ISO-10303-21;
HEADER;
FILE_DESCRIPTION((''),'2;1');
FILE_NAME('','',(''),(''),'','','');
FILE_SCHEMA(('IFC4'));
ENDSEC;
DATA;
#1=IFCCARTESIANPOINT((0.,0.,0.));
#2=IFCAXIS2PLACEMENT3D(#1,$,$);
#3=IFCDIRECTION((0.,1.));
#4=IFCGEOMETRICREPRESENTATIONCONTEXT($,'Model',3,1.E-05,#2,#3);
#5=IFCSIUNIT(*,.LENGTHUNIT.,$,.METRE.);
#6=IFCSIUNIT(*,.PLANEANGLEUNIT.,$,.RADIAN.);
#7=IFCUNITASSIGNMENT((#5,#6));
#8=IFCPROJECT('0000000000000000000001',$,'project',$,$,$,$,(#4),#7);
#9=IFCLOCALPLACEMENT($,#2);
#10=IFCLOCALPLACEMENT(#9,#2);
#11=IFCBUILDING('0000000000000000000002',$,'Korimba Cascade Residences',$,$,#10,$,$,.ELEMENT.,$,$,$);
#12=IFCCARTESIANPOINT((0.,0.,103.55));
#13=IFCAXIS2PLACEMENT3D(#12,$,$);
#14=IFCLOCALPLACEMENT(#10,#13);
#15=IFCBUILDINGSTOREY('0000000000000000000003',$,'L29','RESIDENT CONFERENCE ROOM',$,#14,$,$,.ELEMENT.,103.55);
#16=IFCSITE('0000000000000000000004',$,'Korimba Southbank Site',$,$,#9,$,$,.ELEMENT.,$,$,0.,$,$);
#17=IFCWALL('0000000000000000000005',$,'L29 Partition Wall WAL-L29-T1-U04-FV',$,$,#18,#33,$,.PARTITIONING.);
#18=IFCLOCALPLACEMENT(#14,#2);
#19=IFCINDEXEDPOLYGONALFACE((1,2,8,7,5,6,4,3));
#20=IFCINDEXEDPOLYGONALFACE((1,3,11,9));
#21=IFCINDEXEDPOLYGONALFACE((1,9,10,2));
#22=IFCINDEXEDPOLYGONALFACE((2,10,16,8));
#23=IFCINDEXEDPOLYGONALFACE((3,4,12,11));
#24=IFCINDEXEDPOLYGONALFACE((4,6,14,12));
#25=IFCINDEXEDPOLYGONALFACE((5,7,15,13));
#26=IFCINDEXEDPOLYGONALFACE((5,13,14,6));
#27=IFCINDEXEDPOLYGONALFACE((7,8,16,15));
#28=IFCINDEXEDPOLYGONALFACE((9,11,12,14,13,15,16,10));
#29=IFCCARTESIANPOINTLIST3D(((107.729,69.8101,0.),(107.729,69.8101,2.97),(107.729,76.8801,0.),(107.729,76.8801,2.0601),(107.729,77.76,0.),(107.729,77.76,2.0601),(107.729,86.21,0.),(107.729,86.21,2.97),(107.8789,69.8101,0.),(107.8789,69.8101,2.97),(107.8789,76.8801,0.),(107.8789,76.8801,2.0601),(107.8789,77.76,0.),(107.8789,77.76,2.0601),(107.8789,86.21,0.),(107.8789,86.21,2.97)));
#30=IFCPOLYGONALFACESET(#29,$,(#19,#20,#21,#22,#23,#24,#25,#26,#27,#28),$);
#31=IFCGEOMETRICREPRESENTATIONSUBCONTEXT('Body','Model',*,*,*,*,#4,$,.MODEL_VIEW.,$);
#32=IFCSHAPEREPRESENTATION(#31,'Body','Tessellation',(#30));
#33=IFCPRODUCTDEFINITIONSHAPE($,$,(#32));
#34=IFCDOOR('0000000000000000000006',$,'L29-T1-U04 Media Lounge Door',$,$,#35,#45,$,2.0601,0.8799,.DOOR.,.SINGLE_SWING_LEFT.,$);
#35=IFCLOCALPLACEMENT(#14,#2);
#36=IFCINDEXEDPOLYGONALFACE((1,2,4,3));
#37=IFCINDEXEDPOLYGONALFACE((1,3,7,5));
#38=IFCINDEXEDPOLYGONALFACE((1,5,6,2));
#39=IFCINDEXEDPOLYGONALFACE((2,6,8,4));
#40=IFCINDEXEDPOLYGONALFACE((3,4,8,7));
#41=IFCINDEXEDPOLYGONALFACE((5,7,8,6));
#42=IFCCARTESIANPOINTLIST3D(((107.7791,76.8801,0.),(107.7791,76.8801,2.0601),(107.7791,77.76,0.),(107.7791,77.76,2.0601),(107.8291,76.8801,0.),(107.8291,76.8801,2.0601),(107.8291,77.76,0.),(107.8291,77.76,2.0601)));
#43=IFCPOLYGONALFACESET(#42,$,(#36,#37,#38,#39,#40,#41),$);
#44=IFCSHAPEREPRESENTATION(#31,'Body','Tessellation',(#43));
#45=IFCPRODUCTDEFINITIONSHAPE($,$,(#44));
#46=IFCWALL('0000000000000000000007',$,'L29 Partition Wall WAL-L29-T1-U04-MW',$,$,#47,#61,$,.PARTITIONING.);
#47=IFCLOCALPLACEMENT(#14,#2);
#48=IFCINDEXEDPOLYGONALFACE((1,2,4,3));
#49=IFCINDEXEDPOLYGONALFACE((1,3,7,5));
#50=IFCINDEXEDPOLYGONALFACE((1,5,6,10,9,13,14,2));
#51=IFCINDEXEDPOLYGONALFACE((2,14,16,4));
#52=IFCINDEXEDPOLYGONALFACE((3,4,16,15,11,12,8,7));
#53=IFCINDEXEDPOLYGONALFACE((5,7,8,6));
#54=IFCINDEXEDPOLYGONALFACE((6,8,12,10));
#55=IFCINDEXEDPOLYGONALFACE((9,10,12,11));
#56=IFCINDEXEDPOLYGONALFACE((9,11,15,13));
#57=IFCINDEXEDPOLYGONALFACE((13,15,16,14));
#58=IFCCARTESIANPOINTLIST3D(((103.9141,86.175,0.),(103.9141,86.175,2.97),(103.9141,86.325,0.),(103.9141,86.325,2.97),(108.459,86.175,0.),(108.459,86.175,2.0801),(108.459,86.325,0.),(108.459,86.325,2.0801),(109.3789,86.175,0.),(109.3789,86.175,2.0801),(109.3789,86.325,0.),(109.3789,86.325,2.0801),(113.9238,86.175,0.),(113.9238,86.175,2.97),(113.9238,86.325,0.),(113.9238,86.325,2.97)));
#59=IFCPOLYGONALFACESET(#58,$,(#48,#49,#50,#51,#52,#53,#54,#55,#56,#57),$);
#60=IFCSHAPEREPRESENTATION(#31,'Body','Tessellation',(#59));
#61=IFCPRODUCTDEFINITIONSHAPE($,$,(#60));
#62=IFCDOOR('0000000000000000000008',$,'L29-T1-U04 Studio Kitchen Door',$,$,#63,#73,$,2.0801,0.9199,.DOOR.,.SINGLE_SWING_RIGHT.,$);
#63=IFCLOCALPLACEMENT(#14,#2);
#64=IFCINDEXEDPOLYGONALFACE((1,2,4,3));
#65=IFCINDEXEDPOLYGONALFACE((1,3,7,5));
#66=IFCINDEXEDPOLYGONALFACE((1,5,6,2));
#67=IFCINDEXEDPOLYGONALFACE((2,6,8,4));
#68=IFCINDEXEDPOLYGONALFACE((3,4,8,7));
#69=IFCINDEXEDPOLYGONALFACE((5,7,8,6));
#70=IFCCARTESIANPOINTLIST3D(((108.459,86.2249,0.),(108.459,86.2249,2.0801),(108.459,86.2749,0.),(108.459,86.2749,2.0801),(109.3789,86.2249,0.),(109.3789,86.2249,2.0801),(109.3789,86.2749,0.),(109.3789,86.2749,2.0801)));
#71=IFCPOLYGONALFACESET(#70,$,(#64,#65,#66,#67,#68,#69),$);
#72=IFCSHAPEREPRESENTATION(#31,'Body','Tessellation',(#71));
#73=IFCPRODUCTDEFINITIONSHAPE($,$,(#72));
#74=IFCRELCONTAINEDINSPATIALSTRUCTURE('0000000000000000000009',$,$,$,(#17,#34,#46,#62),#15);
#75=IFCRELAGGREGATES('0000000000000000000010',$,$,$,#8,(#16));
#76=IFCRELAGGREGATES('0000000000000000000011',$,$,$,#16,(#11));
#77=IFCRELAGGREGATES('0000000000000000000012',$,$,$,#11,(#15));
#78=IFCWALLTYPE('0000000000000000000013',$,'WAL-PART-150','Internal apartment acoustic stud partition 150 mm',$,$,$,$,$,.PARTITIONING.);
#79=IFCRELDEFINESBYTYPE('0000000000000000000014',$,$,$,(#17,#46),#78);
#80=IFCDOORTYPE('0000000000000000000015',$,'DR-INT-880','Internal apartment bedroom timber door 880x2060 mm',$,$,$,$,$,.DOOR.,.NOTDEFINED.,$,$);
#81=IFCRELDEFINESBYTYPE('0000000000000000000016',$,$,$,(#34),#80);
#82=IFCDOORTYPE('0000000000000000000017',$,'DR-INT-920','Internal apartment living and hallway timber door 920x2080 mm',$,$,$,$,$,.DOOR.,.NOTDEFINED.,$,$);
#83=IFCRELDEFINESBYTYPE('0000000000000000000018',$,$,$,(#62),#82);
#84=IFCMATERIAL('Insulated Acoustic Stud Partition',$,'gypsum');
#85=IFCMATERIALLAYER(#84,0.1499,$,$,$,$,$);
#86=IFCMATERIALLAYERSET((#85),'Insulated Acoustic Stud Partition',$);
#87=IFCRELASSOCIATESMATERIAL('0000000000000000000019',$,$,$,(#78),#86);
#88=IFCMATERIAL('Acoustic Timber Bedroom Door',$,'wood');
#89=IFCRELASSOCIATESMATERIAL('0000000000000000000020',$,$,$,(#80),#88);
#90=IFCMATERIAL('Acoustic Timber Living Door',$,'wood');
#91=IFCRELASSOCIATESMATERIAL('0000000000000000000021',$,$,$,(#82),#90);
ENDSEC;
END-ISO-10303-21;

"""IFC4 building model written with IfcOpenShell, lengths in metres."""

from ifc_helpers import new_model, si_unit, direction, frame, frame_2d, origin, place, context, subcontext, project, spatial, rectangle, extrude, material, layer, layer_set, type_object, element, fill, save


model = new_model("IFC4")

# Units and contexts
model_context = context("Model", 3, precision=1e-05, world=origin(), true_north=direction((0.0, 1.0)))
body_context = subcontext(model_context, "Body", "Model", "MODEL_VIEW")
ifc_project = project(units=[si_unit("LENGTHUNIT", "METRE"), si_unit("PLANEANGLEUNIT", "RADIAN")], contexts=[model_context])

# Site, building, storey
site_placement = place(None, origin())
site = spatial("IfcSite", under=ifc_project, at=site_placement, Name="Korimba Southbank Site", CompositionType="ELEMENT", RefElevation=0.0)
building_placement = place(site_placement, origin())
building = spatial("IfcBuilding", under=site, at=building_placement, Name="Korimba Cascade Residences", CompositionType="ELEMENT")
storey_placement = place(building_placement, frame((0.0, 0.0, 103.55)))
storey = spatial("IfcBuildingStorey", under=building, at=storey_placement, Name="L29", Description="RESIDENT CONFERENCE ROOM", CompositionType="ELEMENT", Elevation=103.55)

# Walls, openings, doors
ifc_material_1 = material(Name="Insulated Acoustic Stud Partition", Category="gypsum")
ifc_layer_1 = layer(ifc_material_1, 0.1499)
ifc_layer_set_1 = layer_set([ifc_layer_1], Name="Insulated Acoustic Stud Partition")
wall_type_1 = type_object("IfcWallType", Name="WAL-PART-150", Description="Internal apartment acoustic stud partition 150 mm", PredefinedType="PARTITIONING", material=ifc_layer_set_1)
ifc_material_2 = material(Name="Acoustic Timber Bedroom Door", Category="wood")
door_type_1 = type_object("IfcDoorType", Name="DR-INT-880", Description="Internal apartment bedroom timber door 880x2060 mm", OperationType="NOTDEFINED", PredefinedType="DOOR", material=ifc_material_2)
wall_1_placement = place(storey_placement, frame((107.804, 69.8101, 0.0), z_axis=(0.0, 0.0, 1.0), x_axis=(0.0, 1.0, 0.0)))
wall_1 = element("IfcWall", 1, at=wall_1_placement, inside=storey, type_object=wall_type_1, Name="L29 Partition Wall WAL-L29-T1-U04-FV", PredefinedType="PARTITIONING", context=body_context, shape_type="SweptSolid", body=[
    extrude(rectangle(XDim=16.3999, YDim=0.1499, at=frame_2d((8.2, 0.0))), origin(), (0.0, 0.0, 1.0), 2.97),
])
opening_1_placement = place(wall_1_placement, frame((7.0701, 0.0, 0.0)))
opening_1 = element("IfcOpeningElement", 2, at=opening_1_placement, cuts=wall_1, PredefinedType="OPENING", context=body_context, shape_type="SweptSolid", body=[
    extrude(rectangle(XDim=0.8799, YDim=2.0601, at=frame_2d((0.4399, 1.03))), frame((0.0, 0.085, 0.0), z_axis=(0.0, -1.0, 0.0), x_axis=(1.0, 0.0, 0.0)), (0.0, 0.0, 1.0), 0.1699),
])
door_1_placement = place(opening_1_placement, origin())
door_1 = element("IfcDoor", 3, at=door_1_placement, inside=storey, type_object=door_type_1, Name="L29-T1-U04 Media Lounge Door", OperationType="SINGLE_SWING_LEFT", OverallHeight=2.0601, OverallWidth=0.8799, PredefinedType="DOOR", context=body_context, shape_type="SweptSolid", body=[
    extrude(rectangle(XDim=0.8799, YDim=2.0601, at=frame_2d((0.4399, 1.03))), frame((0.0, 0.0249, 0.0), z_axis=(0.0, -1.0, 0.0), x_axis=(1.0, 0.0, 0.0)), (0.0, 0.0, 1.0), 0.05),
])
fill(opening_1, door_1)
wall_2_placement = place(storey_placement, frame((103.9141, 86.25, 0.0), z_axis=(0.0, 0.0, 1.0), x_axis=(1.0, 0.0, 0.0)))
wall_2 = element("IfcWall", 4, at=wall_2_placement, inside=storey, type_object=wall_type_1, Name="L29 Partition Wall WAL-L29-T1-U04-MW", PredefinedType="PARTITIONING", context=body_context, shape_type="SweptSolid", body=[
    extrude(rectangle(XDim=10.0098, YDim=0.1499, at=frame_2d((5.0049, 0.0))), origin(), (0.0, 0.0, 1.0), 2.97),
])
opening_2_placement = place(wall_2_placement, frame((4.5449, 0.0, 0.0)))
opening_2 = element("IfcOpeningElement", 5, at=opening_2_placement, cuts=wall_2, PredefinedType="OPENING", context=body_context, shape_type="SweptSolid", body=[
    extrude(rectangle(XDim=0.9199, YDim=2.0801, at=frame_2d((0.46, 1.04))), frame((0.0, 0.085, 0.0), z_axis=(0.0, -1.0, 0.0), x_axis=(1.0, 0.0, 0.0)), (0.0, 0.0, 1.0), 0.1699),
])
ifc_material_3 = material(Name="Acoustic Timber Living Door", Category="wood")
door_type_2 = type_object("IfcDoorType", Name="DR-INT-920", Description="Internal apartment living and hallway timber door 920x2080 mm", OperationType="NOTDEFINED", PredefinedType="DOOR", material=ifc_material_3)
door_2_placement = place(opening_2_placement, origin())
door_2 = element("IfcDoor", 6, at=door_2_placement, inside=storey, type_object=door_type_2, Name="L29-T1-U04 Studio Kitchen Door", OperationType="SINGLE_SWING_RIGHT", OverallHeight=2.0801, OverallWidth=0.9199, PredefinedType="DOOR", context=body_context, shape_type="SweptSolid", body=[
    extrude(rectangle(XDim=0.9199, YDim=2.0801, at=frame_2d((0.46, 1.04))), frame((0.0, 0.0249, 0.0), z_axis=(0.0, -1.0, 0.0), x_axis=(1.0, 0.0, 0.0)), (0.0, 0.0, 1.0), 0.05),
])
fill(opening_2, door_2)

save(model, "model.ifc")
